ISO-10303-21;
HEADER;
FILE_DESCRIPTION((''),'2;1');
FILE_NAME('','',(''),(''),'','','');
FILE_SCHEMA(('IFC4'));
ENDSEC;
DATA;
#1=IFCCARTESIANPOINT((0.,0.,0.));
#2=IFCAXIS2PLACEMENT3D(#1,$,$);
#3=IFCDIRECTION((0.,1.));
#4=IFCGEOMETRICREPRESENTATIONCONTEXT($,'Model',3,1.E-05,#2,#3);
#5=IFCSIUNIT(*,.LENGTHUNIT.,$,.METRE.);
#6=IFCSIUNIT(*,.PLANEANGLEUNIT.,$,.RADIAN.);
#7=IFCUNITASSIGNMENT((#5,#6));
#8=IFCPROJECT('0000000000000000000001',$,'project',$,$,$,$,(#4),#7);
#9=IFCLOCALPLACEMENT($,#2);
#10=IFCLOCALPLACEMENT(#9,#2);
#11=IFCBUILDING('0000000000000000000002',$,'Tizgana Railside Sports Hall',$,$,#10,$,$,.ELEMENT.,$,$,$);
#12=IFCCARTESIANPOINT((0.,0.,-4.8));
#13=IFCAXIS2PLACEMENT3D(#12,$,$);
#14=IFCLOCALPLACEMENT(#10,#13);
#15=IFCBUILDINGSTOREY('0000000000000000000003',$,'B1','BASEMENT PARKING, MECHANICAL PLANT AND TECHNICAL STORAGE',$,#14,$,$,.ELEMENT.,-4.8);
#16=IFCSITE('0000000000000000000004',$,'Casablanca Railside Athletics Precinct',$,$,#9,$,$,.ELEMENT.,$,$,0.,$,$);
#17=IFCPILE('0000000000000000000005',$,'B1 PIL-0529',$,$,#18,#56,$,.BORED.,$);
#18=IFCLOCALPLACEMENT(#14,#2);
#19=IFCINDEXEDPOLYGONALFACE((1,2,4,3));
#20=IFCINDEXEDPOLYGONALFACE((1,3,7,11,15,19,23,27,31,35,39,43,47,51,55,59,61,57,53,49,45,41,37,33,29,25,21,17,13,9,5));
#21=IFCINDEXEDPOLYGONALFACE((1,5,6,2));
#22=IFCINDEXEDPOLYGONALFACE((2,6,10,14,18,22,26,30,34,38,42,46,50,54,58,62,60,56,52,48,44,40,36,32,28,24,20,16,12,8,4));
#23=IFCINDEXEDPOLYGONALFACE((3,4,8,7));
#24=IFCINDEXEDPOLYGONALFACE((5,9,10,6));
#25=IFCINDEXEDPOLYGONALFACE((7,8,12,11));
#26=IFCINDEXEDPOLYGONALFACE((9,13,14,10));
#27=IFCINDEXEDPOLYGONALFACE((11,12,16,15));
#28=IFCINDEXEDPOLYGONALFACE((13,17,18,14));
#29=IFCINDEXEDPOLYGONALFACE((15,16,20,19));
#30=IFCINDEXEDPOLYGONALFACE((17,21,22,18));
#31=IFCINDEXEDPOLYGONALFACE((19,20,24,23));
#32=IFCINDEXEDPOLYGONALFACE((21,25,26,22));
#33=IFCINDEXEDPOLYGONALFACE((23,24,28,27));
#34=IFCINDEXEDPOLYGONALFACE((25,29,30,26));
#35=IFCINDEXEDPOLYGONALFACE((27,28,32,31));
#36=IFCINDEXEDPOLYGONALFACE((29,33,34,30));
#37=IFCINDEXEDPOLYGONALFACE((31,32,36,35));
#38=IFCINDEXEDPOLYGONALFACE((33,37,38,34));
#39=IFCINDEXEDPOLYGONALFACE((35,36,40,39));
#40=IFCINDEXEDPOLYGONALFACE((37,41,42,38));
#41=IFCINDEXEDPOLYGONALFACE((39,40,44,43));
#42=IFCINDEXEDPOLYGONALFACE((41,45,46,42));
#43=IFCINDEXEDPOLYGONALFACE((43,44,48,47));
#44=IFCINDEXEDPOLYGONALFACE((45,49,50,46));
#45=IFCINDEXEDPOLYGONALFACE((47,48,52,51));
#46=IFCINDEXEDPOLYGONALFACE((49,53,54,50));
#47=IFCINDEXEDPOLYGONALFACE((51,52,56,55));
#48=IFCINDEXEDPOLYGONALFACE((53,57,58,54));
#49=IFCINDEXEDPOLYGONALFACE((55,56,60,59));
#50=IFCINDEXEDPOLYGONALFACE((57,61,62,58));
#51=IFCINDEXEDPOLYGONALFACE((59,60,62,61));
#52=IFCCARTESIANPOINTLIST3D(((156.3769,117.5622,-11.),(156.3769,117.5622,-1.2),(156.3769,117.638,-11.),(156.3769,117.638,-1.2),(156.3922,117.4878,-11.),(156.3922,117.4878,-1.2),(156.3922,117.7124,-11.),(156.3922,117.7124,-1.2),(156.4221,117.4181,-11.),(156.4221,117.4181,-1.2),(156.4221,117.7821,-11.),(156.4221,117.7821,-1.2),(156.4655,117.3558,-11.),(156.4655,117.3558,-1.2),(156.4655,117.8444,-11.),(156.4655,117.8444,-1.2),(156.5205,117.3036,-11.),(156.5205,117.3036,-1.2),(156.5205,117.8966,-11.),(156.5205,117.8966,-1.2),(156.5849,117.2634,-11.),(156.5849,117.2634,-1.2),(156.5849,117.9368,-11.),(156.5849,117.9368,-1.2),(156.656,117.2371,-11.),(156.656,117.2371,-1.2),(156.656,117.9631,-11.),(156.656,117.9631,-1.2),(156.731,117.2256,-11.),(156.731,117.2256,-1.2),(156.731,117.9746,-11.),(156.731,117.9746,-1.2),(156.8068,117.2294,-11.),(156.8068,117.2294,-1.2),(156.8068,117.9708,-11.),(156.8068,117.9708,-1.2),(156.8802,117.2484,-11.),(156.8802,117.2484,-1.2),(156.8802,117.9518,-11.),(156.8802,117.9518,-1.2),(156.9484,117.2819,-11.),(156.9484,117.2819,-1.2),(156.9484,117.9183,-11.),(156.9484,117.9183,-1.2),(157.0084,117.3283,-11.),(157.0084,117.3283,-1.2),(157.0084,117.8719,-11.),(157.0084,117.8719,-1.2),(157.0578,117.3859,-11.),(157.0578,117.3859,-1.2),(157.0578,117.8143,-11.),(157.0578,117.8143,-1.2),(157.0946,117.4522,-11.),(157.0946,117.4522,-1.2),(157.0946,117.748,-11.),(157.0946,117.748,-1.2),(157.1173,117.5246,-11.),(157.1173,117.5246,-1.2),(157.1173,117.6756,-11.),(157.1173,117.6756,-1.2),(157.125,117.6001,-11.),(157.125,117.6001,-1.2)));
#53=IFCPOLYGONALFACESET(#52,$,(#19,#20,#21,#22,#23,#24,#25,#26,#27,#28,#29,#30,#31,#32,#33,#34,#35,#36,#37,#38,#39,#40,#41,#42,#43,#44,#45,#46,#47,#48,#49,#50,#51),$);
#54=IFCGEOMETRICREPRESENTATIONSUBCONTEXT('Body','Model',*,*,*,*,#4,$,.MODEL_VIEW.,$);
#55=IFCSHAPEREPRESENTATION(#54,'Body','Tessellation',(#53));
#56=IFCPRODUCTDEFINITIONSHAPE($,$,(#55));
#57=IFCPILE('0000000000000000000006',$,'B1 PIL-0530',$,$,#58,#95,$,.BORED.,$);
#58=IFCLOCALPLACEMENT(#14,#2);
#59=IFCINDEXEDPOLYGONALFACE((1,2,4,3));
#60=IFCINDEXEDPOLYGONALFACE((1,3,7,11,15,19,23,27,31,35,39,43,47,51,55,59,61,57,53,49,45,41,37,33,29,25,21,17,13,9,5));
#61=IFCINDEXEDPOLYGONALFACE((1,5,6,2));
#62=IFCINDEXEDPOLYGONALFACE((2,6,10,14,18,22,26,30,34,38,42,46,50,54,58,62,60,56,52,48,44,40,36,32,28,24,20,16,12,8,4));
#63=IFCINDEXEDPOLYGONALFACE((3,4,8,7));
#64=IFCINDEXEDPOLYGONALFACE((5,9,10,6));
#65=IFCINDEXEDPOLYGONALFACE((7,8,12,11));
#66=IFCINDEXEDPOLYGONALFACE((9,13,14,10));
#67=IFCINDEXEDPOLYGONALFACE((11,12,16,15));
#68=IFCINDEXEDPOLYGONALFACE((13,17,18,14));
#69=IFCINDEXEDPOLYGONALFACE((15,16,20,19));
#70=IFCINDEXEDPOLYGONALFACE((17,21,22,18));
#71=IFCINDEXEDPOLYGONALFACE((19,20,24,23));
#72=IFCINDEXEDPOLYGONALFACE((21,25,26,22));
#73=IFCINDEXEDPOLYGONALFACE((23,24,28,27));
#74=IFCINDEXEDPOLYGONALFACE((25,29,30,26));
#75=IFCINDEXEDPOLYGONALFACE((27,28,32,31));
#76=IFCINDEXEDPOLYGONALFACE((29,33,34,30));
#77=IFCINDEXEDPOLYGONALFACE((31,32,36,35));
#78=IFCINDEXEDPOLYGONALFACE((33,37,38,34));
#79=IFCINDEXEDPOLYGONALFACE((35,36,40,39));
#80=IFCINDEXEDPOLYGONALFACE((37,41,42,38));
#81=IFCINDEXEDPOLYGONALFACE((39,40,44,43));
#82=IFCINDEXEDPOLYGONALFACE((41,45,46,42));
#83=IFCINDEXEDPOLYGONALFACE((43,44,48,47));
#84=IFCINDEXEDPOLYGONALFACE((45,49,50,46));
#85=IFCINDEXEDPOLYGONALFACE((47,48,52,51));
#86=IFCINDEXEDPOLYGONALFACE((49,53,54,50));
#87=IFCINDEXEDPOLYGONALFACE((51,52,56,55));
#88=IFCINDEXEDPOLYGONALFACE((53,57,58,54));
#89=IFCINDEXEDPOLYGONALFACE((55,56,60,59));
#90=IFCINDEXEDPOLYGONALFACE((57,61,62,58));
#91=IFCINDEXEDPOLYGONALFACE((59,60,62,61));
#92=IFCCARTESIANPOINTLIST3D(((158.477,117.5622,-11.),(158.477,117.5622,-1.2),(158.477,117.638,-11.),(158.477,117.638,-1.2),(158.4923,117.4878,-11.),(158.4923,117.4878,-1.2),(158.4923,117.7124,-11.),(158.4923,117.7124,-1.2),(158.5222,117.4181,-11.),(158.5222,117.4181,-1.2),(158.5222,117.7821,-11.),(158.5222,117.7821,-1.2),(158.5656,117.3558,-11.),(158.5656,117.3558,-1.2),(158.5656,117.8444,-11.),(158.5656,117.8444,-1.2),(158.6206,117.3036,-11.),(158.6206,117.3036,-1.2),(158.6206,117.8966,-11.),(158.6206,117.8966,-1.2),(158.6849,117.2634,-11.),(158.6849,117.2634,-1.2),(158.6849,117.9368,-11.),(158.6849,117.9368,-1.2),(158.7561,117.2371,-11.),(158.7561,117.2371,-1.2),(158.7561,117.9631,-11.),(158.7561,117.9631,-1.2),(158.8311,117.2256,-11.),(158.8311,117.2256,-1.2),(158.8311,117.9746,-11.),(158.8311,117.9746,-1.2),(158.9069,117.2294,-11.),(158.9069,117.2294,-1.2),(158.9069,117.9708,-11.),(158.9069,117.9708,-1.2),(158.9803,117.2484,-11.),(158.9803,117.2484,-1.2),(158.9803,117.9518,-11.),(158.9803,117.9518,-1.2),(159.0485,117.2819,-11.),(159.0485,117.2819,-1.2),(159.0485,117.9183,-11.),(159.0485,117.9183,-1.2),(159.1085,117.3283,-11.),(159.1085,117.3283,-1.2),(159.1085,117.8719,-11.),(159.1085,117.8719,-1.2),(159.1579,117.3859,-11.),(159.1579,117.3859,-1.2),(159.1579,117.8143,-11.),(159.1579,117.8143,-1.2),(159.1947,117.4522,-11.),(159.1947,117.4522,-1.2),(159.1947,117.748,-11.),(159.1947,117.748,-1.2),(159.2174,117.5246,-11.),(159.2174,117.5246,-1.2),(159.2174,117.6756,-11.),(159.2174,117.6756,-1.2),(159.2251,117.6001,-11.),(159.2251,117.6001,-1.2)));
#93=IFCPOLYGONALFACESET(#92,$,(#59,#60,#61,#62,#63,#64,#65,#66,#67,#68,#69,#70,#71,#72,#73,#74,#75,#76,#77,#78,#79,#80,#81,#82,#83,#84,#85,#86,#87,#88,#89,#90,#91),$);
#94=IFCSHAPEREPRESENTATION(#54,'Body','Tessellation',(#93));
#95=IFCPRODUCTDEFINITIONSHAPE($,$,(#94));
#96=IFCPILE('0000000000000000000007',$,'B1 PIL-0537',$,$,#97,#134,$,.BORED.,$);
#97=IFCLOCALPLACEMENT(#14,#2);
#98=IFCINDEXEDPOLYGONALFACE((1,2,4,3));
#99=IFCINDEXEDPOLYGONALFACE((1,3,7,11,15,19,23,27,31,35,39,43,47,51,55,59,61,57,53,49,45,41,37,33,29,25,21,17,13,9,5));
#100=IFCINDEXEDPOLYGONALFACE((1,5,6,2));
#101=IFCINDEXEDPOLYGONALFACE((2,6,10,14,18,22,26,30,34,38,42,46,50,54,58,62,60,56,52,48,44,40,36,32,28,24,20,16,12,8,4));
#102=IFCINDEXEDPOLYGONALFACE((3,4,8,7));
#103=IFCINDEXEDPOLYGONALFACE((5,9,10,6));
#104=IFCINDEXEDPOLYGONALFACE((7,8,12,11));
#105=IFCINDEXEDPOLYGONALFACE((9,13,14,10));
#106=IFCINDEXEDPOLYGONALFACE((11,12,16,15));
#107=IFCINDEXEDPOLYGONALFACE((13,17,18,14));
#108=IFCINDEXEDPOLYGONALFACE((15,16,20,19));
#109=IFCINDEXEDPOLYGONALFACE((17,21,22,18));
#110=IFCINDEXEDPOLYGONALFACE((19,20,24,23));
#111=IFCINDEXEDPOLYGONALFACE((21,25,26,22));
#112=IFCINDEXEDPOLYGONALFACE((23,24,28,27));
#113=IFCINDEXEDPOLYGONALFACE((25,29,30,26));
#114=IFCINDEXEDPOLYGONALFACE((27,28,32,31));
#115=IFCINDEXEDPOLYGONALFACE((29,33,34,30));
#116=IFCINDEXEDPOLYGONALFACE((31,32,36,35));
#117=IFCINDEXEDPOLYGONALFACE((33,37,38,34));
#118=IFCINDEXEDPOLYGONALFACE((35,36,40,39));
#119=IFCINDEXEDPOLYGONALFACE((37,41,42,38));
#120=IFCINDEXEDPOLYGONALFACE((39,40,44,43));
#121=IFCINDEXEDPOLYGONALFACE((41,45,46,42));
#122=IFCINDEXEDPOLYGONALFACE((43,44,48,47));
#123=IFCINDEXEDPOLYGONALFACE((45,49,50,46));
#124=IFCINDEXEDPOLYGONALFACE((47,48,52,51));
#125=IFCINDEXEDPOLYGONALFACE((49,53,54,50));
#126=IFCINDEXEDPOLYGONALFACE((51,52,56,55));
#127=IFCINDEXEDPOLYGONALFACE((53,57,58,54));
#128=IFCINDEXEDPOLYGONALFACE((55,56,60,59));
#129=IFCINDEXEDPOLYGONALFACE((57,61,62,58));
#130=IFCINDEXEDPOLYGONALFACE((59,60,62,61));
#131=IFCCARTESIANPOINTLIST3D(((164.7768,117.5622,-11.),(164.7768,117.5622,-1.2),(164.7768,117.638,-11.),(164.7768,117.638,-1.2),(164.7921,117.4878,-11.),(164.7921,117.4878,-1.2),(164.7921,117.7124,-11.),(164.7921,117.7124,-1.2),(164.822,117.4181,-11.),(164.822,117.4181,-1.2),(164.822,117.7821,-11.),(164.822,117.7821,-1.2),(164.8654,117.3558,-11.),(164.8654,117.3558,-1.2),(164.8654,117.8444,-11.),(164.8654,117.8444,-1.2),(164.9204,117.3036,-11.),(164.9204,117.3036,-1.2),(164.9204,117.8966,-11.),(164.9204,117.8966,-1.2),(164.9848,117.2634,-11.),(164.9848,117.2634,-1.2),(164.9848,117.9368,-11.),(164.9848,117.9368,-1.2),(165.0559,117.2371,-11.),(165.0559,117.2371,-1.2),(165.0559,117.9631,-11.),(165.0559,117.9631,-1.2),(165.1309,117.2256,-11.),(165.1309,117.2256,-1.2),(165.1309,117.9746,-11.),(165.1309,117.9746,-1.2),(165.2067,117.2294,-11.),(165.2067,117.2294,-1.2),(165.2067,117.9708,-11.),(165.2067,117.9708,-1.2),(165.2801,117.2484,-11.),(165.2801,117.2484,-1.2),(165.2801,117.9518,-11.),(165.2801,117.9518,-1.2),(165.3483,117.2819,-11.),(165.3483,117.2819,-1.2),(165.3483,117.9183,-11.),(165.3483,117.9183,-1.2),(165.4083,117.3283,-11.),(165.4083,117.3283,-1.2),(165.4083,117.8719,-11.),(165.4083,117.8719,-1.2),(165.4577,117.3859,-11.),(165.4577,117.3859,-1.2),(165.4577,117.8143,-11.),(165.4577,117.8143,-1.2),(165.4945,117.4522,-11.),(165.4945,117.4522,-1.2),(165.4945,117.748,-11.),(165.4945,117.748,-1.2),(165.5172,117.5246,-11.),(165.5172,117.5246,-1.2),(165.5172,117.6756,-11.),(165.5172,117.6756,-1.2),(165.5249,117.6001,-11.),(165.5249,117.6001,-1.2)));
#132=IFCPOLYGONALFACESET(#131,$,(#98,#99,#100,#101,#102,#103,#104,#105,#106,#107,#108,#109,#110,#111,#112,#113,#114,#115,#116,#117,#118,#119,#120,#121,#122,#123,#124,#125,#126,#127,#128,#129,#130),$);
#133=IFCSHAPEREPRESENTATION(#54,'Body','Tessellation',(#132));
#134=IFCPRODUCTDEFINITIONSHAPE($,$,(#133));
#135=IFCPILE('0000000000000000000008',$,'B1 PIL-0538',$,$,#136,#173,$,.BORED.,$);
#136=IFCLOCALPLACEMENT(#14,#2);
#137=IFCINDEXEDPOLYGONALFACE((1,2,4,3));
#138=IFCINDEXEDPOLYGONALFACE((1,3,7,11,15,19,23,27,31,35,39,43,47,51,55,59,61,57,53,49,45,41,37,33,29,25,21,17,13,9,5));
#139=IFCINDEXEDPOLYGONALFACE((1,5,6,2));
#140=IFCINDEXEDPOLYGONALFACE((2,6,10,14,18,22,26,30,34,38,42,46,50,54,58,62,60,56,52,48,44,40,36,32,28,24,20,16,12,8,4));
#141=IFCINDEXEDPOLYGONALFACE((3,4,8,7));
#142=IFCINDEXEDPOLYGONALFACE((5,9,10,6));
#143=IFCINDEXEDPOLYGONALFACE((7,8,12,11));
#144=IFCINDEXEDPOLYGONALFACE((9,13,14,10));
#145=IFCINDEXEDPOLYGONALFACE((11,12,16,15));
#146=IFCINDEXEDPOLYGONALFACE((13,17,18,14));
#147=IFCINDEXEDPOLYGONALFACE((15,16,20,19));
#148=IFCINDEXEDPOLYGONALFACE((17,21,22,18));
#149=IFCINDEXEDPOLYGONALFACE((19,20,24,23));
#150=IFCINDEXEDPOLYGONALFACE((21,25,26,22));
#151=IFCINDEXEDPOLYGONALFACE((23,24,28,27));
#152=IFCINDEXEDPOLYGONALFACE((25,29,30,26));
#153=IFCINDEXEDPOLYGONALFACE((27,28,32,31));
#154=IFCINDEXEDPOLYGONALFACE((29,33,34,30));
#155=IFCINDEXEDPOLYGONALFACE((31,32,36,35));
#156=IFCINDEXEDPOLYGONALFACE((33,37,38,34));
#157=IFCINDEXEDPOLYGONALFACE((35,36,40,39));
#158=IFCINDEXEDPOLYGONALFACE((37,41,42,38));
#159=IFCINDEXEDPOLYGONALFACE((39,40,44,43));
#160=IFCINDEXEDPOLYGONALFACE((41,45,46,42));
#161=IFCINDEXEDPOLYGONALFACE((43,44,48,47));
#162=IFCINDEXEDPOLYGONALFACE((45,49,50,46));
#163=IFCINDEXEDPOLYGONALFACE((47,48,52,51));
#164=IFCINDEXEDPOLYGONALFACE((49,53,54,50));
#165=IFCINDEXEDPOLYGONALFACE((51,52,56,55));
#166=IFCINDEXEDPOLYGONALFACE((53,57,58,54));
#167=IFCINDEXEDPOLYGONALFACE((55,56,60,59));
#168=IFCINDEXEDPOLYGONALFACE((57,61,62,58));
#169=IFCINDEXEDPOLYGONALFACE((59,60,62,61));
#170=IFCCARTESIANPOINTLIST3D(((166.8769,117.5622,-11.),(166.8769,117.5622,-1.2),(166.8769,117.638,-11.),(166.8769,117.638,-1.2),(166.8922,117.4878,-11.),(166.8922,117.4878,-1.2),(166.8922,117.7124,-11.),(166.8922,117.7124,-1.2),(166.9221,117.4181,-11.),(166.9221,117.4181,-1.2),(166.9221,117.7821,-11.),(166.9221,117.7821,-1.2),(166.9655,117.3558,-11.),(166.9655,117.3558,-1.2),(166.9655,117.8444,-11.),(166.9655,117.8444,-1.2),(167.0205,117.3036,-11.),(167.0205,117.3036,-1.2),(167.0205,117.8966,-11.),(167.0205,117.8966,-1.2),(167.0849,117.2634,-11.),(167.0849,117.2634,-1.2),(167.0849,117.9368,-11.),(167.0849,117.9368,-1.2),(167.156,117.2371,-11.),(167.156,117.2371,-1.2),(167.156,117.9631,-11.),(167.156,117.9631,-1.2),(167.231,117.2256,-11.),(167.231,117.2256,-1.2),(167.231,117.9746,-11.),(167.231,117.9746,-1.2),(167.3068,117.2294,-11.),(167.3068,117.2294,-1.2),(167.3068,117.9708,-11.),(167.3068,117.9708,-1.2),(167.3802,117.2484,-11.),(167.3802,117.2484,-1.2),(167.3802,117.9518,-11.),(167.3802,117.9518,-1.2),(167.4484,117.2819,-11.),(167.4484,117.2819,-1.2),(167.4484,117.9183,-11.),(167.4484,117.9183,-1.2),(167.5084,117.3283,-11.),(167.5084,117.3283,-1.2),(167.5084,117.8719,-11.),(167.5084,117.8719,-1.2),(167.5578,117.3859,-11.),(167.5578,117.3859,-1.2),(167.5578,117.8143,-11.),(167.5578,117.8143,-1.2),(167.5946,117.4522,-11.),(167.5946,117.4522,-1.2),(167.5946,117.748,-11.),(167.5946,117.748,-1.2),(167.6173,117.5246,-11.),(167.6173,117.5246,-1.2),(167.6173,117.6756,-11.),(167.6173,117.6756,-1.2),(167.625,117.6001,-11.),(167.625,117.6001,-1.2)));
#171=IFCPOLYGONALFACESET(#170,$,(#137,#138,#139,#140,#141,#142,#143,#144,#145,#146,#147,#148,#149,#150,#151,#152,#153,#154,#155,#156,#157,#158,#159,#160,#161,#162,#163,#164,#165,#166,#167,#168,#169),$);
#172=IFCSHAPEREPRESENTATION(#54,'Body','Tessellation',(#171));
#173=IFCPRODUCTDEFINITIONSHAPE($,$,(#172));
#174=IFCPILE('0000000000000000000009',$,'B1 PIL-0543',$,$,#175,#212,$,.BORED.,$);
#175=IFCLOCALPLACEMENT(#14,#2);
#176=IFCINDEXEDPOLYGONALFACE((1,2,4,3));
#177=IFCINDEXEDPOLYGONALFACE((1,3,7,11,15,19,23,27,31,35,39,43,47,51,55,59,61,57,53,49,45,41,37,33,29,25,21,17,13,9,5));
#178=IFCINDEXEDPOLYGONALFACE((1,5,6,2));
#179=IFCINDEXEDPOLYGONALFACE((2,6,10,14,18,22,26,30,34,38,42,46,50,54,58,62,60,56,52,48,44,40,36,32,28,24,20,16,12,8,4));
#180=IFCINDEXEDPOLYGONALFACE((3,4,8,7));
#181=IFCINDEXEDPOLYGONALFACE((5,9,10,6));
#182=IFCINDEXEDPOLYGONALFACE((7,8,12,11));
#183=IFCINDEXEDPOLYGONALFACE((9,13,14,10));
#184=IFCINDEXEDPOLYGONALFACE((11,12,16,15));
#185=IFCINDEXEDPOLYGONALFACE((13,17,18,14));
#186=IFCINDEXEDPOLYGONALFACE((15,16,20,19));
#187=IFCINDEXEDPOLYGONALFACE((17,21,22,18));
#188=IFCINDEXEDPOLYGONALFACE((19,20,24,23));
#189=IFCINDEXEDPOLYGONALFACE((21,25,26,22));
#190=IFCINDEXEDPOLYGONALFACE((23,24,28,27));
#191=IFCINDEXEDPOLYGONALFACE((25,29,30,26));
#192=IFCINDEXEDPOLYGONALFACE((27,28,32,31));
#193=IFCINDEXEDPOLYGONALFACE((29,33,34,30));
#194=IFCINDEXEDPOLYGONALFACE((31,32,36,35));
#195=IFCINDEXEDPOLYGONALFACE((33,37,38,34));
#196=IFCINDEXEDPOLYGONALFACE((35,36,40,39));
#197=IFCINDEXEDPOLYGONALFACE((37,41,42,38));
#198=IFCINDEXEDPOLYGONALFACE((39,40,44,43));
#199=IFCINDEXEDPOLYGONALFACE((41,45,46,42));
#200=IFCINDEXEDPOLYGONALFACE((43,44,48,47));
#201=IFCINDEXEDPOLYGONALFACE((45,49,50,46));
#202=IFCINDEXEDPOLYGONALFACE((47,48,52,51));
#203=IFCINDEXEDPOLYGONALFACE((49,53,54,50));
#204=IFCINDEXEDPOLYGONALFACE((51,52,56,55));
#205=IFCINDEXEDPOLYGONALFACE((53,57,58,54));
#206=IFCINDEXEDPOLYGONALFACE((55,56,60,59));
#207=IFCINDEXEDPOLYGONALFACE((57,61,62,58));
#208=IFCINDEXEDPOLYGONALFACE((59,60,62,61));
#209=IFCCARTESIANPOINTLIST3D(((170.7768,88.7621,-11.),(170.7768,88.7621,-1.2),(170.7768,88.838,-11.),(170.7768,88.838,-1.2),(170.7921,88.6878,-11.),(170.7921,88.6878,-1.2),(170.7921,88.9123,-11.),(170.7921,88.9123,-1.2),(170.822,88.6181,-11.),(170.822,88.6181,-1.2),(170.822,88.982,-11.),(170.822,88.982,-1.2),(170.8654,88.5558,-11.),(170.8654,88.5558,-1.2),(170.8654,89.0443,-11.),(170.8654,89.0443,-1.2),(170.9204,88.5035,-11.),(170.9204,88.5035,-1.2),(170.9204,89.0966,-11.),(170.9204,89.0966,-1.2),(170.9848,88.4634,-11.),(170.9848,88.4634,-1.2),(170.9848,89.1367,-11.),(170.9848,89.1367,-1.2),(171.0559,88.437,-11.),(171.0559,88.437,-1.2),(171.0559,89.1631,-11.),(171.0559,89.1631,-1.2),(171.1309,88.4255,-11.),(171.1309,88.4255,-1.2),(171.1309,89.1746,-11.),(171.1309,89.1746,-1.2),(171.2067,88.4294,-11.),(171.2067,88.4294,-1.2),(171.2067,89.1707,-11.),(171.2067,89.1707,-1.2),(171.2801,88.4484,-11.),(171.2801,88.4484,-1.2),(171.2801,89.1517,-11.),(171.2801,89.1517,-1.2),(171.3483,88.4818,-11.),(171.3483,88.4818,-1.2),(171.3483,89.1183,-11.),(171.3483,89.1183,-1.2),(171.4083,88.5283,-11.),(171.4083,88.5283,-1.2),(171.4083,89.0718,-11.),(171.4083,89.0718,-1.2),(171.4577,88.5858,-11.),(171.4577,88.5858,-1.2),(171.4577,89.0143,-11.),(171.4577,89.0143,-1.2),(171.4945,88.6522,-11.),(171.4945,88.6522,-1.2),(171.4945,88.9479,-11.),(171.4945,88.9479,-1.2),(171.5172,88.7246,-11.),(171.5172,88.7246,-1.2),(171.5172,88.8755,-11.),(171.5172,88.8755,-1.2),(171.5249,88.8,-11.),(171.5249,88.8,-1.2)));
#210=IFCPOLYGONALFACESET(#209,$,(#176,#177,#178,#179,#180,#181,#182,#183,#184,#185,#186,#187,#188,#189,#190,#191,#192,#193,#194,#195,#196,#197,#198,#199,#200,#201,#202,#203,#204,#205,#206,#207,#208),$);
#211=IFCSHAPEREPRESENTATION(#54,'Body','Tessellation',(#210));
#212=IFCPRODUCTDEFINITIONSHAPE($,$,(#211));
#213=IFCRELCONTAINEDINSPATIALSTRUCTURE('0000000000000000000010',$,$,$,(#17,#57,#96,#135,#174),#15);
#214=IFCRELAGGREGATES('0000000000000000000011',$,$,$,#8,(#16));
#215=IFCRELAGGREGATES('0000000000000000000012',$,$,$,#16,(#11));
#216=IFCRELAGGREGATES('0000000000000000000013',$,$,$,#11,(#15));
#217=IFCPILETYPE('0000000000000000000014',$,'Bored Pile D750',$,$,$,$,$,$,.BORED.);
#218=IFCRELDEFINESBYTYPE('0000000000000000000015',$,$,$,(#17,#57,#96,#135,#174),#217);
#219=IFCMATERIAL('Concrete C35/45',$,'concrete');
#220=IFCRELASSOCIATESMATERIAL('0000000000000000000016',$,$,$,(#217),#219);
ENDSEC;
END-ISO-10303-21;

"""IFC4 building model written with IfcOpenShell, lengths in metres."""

from ifc_helpers import new_model, si_unit, direction, frame, origin, origin_2d, place, context, subcontext, project, spatial, circle, extrude, material, material_profile, profile_set, type_object, element, save


model = new_model("IFC4")

# Units and contexts
model_context = context("Model", 3, precision=1e-05, world=origin(), true_north=direction((0.0, 1.0)))
body_context = subcontext(model_context, "Body", "Model", "MODEL_VIEW")
ifc_project = project(units=[si_unit("LENGTHUNIT", "METRE"), si_unit("PLANEANGLEUNIT", "RADIAN")], contexts=[model_context])

# Site, building, storey
site_placement = place(None, origin())
site = spatial("IfcSite", under=ifc_project, at=site_placement, Name="Casablanca Railside Athletics Precinct", CompositionType="ELEMENT", RefElevation=0.0)
building_placement = place(site_placement, origin())
building = spatial("IfcBuilding", under=site, at=building_placement, Name="Tizgana Railside Sports Hall", CompositionType="ELEMENT")
storey_placement = place(building_placement, frame((0.0, 0.0, -4.8)))
storey = spatial("IfcBuildingStorey", under=building, at=storey_placement, Name="B1", Description="BASEMENT PARKING, MECHANICAL PLANT AND TECHNICAL STORAGE", CompositionType="ELEMENT", Elevation=-4.8)

# Piles
ifc_material_1 = material(Name="Concrete C35/45", Category="concrete")
ifc_material_profile_1 = material_profile(ifc_material_1, circle(Radius=0.375, at=origin_2d()), Name="PILE D750")
ifc_profile_set_1 = profile_set([ifc_material_profile_1], Name="Concrete C35/45")
pile_type = type_object("IfcPileType", Name="Bored Pile D750", PredefinedType="BORED", material=ifc_profile_set_1)
for number, where, z_axis, x_axis, name in (
    (1, (156.75, 117.6001, -1.2), (0.0, 0.0, -1.0), (1.0, 0.0, 0.0), "B1 PIL-0529"),
    (2, (158.8501, 117.6001, -1.2), (0.0, 0.0, -1.0), (1.0, 0.0, 0.0), "B1 PIL-0530"),
    (3, (165.1499, 117.6001, -1.2), (0.0, 0.0, -1.0), (1.0, 0.0, 0.0), "B1 PIL-0537"),
    (4, (167.25, 117.6001, -1.2), (0.0, 0.0, -1.0), (1.0, 0.0, 0.0), "B1 PIL-0538"),
    (5, (171.1499, 88.8, -1.2), (0.0, 0.0, -1.0), (1.0, 0.0, 0.0), "B1 PIL-0543"),
):
    element("IfcPile", number, at=place(storey_placement, frame(where, z_axis=z_axis, x_axis=x_axis)), inside=storey, type_object=pile_type, Name=name, PredefinedType="BORED", context=body_context, shape_type="SweptSolid", body=[
        extrude(circle(Radius=0.375, at=origin_2d()), origin(), (0.0, 0.0, 1.0), 9.8),
    ])

save(model, "model.ifc")
